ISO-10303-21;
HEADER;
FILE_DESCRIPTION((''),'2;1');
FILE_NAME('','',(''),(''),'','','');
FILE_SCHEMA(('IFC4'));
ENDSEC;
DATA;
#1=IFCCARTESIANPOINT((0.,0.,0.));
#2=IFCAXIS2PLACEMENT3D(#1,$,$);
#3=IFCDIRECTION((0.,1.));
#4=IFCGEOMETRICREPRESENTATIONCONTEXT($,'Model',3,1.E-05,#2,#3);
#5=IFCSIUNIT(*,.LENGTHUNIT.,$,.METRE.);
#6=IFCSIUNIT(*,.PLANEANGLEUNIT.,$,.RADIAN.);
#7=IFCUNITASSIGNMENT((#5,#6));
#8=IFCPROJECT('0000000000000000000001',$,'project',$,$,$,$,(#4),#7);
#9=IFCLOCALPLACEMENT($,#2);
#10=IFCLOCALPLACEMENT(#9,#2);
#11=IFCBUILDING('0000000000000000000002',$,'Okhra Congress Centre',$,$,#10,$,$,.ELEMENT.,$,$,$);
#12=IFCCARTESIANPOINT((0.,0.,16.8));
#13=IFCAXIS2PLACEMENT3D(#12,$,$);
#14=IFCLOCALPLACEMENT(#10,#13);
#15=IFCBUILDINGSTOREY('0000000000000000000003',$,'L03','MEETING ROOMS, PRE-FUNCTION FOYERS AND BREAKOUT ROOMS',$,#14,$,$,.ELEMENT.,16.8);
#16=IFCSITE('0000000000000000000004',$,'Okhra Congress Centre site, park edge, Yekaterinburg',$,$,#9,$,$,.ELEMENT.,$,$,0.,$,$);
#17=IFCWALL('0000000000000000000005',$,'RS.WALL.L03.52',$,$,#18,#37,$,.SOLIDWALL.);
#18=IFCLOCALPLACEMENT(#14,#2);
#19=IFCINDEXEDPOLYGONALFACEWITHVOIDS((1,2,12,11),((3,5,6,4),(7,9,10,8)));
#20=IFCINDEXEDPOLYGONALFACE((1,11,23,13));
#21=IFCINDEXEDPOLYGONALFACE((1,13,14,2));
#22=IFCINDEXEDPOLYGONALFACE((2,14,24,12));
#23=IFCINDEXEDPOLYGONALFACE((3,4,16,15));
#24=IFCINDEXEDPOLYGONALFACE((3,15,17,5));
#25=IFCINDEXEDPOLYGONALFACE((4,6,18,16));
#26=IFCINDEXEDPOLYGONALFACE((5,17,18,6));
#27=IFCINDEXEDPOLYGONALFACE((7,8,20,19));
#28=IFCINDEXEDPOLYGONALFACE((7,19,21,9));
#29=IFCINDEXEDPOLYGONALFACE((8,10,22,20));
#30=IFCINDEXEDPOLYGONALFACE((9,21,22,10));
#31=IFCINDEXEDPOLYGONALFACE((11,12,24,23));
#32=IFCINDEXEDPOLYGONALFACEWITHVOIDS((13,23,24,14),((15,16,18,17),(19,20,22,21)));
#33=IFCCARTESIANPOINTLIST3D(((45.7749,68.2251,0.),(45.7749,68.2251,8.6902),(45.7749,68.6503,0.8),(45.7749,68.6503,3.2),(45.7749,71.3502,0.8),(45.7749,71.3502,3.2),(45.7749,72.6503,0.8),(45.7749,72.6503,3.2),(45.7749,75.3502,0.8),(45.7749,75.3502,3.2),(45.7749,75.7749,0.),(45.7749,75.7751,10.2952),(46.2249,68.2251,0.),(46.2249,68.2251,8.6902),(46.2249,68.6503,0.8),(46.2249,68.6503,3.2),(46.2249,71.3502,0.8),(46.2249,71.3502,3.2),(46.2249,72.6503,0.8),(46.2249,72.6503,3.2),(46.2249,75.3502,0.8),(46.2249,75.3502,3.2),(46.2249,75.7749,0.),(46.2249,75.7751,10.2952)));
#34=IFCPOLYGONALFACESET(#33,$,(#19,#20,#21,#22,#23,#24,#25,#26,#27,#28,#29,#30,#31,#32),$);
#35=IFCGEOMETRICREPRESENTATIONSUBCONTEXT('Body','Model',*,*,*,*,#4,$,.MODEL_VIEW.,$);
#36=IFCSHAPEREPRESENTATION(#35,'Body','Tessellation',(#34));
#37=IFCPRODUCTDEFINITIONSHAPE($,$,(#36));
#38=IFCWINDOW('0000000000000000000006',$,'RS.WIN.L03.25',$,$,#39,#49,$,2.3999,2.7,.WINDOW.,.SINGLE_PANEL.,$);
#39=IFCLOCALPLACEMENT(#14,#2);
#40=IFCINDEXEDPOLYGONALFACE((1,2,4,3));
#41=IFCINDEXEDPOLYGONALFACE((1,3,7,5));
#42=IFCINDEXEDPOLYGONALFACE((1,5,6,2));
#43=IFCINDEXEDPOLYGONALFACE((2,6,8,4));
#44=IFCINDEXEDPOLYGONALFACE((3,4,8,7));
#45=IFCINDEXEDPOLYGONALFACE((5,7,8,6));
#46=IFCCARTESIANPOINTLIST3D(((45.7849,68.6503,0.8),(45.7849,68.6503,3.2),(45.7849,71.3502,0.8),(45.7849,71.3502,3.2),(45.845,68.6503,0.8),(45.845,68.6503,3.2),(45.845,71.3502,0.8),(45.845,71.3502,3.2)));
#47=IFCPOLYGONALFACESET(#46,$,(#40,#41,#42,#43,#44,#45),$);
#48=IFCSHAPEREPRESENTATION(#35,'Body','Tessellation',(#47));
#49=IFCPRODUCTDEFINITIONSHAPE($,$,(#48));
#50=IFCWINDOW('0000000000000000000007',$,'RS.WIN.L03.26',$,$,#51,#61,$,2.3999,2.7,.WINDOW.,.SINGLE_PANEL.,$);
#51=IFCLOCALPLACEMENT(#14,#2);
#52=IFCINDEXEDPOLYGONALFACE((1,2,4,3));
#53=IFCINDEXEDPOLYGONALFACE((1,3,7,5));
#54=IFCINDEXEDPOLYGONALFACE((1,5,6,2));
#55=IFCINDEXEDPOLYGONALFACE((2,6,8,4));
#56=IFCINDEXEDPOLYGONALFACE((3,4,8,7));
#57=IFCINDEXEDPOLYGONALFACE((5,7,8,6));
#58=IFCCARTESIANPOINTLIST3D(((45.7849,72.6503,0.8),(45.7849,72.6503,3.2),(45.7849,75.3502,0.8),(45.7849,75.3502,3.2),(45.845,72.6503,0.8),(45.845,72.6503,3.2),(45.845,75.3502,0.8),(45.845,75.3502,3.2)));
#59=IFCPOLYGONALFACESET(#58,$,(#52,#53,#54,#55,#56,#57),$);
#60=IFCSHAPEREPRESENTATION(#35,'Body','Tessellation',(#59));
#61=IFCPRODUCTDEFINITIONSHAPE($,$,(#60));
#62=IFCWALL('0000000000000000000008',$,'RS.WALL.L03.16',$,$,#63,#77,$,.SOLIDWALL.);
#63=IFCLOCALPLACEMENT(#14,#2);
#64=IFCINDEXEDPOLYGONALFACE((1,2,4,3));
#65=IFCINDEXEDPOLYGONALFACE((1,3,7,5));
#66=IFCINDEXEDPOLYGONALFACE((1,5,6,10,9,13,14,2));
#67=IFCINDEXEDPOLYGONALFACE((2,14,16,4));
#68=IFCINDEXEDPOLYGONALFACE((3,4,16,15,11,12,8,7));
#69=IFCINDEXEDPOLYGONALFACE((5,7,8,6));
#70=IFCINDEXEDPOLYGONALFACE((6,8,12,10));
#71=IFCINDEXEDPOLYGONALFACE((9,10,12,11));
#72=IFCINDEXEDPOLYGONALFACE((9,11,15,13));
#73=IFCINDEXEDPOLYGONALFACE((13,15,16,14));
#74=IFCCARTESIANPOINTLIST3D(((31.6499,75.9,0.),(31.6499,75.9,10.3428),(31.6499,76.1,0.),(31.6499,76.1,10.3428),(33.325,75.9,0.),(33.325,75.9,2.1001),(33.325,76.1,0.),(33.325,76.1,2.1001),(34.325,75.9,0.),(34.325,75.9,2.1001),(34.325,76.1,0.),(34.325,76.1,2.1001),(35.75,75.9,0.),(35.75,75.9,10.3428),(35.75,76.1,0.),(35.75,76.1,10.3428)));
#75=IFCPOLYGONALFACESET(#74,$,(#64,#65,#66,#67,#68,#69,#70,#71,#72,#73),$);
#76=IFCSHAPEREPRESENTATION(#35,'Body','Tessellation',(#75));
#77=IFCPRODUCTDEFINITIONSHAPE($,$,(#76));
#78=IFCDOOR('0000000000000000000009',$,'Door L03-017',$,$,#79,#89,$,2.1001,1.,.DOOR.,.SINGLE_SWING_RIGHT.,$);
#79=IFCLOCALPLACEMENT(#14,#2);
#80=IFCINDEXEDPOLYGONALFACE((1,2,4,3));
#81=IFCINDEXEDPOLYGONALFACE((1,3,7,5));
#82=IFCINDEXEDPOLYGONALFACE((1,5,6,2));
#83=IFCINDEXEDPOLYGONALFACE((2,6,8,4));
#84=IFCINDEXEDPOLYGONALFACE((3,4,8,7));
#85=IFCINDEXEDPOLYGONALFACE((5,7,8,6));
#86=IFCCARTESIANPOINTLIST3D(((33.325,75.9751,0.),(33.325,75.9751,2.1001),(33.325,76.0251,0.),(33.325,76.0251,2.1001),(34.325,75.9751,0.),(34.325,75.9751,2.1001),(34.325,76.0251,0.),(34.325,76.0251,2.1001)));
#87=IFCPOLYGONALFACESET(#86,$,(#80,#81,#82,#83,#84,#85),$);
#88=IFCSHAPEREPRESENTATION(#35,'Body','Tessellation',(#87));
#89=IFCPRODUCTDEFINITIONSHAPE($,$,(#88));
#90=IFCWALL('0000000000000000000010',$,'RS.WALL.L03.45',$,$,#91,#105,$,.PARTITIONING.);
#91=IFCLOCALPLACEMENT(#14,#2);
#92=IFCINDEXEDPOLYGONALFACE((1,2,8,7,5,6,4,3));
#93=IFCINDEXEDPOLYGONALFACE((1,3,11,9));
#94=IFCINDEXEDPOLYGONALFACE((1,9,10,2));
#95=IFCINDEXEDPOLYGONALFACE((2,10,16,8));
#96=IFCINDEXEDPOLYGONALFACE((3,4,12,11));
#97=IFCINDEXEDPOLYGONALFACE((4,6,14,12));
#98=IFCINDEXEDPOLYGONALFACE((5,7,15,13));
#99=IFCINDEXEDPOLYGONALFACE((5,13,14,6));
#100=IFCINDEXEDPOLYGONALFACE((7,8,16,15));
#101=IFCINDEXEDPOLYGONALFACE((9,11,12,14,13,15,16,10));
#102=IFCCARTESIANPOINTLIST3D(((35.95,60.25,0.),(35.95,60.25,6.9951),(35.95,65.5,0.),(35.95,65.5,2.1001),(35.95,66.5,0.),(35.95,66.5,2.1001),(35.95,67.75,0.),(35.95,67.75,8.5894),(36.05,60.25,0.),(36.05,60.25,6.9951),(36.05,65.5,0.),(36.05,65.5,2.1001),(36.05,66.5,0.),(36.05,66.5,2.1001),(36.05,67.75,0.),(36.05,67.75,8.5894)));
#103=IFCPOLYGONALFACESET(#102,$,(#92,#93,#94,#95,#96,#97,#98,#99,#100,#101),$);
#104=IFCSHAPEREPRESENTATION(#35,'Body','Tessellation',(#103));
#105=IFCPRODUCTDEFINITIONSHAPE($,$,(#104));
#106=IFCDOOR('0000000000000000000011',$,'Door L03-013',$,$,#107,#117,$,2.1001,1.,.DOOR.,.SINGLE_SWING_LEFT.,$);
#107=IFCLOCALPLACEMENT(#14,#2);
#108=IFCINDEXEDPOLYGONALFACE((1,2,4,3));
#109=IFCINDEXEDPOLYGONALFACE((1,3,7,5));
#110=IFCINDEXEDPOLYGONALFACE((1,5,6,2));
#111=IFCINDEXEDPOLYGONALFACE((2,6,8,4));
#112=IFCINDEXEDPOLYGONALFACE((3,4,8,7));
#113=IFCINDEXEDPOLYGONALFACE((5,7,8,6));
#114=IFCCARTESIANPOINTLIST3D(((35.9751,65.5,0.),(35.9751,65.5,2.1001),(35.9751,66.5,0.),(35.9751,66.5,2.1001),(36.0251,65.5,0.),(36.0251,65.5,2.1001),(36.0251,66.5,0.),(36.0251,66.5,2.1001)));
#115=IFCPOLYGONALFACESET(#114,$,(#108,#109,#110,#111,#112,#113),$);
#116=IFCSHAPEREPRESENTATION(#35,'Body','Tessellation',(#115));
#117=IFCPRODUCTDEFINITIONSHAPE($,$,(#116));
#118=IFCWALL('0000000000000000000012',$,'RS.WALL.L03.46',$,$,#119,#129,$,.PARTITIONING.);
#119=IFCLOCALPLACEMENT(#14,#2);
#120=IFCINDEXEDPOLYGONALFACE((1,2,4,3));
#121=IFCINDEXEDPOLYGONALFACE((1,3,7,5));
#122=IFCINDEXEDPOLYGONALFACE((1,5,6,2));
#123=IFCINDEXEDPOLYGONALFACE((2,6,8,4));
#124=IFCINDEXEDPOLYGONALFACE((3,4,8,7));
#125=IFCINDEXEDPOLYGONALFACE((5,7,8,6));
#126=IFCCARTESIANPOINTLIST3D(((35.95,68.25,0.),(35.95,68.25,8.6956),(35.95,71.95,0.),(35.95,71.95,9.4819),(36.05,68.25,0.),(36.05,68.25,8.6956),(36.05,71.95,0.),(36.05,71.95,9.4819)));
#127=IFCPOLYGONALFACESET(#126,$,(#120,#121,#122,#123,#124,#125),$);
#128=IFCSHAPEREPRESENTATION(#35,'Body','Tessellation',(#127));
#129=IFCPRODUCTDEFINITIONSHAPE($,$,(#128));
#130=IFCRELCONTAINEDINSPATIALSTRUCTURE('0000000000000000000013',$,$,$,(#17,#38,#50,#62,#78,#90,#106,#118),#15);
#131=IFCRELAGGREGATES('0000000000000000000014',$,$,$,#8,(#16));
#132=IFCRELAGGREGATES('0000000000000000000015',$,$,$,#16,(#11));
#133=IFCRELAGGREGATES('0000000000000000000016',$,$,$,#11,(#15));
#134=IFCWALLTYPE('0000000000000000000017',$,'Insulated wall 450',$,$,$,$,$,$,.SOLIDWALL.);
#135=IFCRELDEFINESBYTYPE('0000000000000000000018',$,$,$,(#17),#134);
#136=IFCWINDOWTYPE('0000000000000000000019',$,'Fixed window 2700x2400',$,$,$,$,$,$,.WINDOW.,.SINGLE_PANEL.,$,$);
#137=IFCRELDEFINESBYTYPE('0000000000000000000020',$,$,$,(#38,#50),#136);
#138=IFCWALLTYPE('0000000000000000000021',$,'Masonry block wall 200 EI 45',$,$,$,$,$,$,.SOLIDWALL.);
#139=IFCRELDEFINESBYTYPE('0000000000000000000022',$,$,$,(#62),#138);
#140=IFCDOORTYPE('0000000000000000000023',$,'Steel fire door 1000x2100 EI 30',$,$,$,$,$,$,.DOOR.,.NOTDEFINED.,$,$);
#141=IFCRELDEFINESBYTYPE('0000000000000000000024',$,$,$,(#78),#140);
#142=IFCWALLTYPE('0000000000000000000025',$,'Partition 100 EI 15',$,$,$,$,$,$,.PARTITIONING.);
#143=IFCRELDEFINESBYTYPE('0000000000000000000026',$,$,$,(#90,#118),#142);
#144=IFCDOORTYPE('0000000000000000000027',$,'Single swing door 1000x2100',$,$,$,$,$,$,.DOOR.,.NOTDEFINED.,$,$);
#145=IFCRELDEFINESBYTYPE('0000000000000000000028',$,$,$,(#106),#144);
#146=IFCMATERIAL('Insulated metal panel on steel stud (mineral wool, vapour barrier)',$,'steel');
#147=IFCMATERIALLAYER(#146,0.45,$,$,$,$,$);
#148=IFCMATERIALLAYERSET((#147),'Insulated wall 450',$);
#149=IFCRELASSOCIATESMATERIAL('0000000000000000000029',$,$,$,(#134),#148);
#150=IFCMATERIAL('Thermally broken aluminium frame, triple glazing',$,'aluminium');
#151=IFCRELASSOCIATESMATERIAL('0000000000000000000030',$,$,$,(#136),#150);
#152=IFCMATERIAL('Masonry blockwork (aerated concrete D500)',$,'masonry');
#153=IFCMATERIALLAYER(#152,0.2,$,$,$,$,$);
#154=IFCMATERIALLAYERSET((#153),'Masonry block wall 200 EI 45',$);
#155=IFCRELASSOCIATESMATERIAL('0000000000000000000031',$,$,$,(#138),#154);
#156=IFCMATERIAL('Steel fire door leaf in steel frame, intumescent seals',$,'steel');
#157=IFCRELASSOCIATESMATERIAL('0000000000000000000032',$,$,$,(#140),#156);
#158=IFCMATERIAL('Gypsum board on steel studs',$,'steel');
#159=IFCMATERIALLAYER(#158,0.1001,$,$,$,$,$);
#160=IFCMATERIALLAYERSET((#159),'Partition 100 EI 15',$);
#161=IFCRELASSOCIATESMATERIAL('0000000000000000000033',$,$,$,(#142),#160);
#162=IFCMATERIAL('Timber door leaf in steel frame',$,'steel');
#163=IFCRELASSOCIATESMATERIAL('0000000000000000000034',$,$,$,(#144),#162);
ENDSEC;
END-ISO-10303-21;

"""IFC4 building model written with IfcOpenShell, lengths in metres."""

from ifc_helpers import new_model, si_unit, direction, frame, frame_2d, origin, place, context, subcontext, project, spatial, polyline, rectangle, outline, extrude, material, layer, layer_set, type_object, element, fill, save


model = new_model("IFC4")

# Units and contexts
model_context = context("Model", 3, precision=1e-05, world=origin(), true_north=direction((0.0, 1.0)))
body_context = subcontext(model_context, "Body", "Model", "MODEL_VIEW")
ifc_project = project(units=[si_unit("LENGTHUNIT", "METRE"), si_unit("PLANEANGLEUNIT", "RADIAN")], contexts=[model_context])

# Site, building, storey
site_placement = place(None, origin())
site = spatial("IfcSite", under=ifc_project, at=site_placement, Name="Okhra Congress Centre site, park edge, Yekaterinburg", CompositionType="ELEMENT", RefElevation=0.0)
building_placement = place(site_placement, origin())
building = spatial("IfcBuilding", under=site, at=building_placement, Name="Okhra Congress Centre", CompositionType="ELEMENT")
storey_placement = place(building_placement, frame((0.0, 0.0, 16.8)))
storey = spatial("IfcBuildingStorey", under=building, at=storey_placement, Name="L03", Description="MEETING ROOMS, PRE-FUNCTION FOYERS AND BREAKOUT ROOMS", CompositionType="ELEMENT", Elevation=16.8)

# Wall, openings, windows
ifc_material_1 = material(Name="Insulated metal panel on steel stud (mineral wool, vapour barrier)", Category="steel")
ifc_layer_1 = layer(ifc_material_1, 0.45)
ifc_layer_set_1 = layer_set([ifc_layer_1], Name="Insulated wall 450")
wall_type_1 = type_object("IfcWallType", Name="Insulated wall 450", PredefinedType="SOLIDWALL", material=ifc_layer_set_1)
ifc_material_2 = material(Name="Thermally broken aluminium frame, triple glazing", Category="aluminium")
window_type = type_object("IfcWindowType", Name="Fixed window 2700x2400", PartitioningType="SINGLE_PANEL", PredefinedType="WINDOW", material=ifc_material_2)
wall_1_placement = place(storey_placement, frame((46.0, 68.2251, 0.0), z_axis=(0.0, 0.0, 1.0), x_axis=(0.0, 1.0, 0.0)))
wall_1 = element("IfcWall", 1, at=wall_1_placement, inside=storey, type_object=wall_type_1, Name="RS.WALL.L03.52", PredefinedType="SOLIDWALL", context=body_context, shape_type="SweptSolid", body=[
    extrude(outline(polyline([(0.0, 0.0), (7.5498, 0.0), (7.55, 10.2952), (0.0, 8.6902), (0.0, 0.0)])), frame((0.0, 0.2251, 0.0), z_axis=(0.0, -1.0, 0.0), x_axis=(1.0, 0.0, 0.0)), (0.0, 0.0, 1.0), 0.45),
])
opening_1_placement = place(wall_1_placement, frame((0.425, 0.0, 0.8)))
opening_1 = element("IfcOpeningElement", 2, at=opening_1_placement, cuts=wall_1, PredefinedType="OPENING", context=body_context, shape_type="SweptSolid", body=[
    extrude(rectangle(XDim=2.7, YDim=2.3999, at=frame_2d((1.3501, 1.2))), frame((0.0, 0.2349, 0.0), z_axis=(0.0, -1.0, 0.0), x_axis=(1.0, 0.0, 0.0)), (0.0, 0.0, 1.0), 0.47),
])
opening_2_placement = place(wall_1_placement, frame((4.425, 0.0, 0.8)))
opening_2 = element("IfcOpeningElement", 3, at=opening_2_placement, cuts=wall_1, PredefinedType="OPENING", context=body_context, shape_type="SweptSolid", body=[
    extrude(rectangle(XDim=2.7, YDim=2.3999, at=frame_2d((1.3501, 1.2))), frame((0.0, 0.2349, 0.0), z_axis=(0.0, -1.0, 0.0), x_axis=(1.0, 0.0, 0.0)), (0.0, 0.0, 1.0), 0.47),
])
window_1_placement = place(opening_1_placement, origin())
window_1 = element("IfcWindow", 4, at=window_1_placement, inside=storey, type_object=window_type, Name="RS.WIN.L03.25", OverallHeight=2.3999, OverallWidth=2.7, PartitioningType="SINGLE_PANEL", PredefinedType="WINDOW", context=body_context, shape_type="SweptSolid", body=[
    extrude(rectangle(XDim=2.7, YDim=2.3999, at=frame_2d((1.3501, 1.2))), frame((0.0, 0.2151, 0.0), z_axis=(0.0, -1.0, 0.0), x_axis=(1.0, 0.0, 0.0)), (0.0, 0.0, 1.0), 0.0601),
])
fill(opening_1, window_1)
window_2_placement = place(opening_2_placement, origin())
window_2 = element("IfcWindow", 5, at=window_2_placement, inside=storey, type_object=window_type, Name="RS.WIN.L03.26", OverallHeight=2.3999, OverallWidth=2.7, PartitioningType="SINGLE_PANEL", PredefinedType="WINDOW", context=body_context, shape_type="SweptSolid", body=[
    extrude(rectangle(XDim=2.7, YDim=2.3999, at=frame_2d((1.3501, 1.2))), frame((0.0, 0.2151, 0.0), z_axis=(0.0, -1.0, 0.0), x_axis=(1.0, 0.0, 0.0)), (0.0, 0.0, 1.0), 0.0601),
])
fill(opening_2, window_2)

# Walls, openings, doors
ifc_material_3 = material(Name="Masonry blockwork (aerated concrete D500)", Category="masonry")
ifc_layer_2 = layer(ifc_material_3, 0.2)
ifc_layer_set_2 = layer_set([ifc_layer_2], Name="Masonry block wall 200 EI 45")
wall_type_2 = type_object("IfcWallType", Name="Masonry block wall 200 EI 45", PredefinedType="SOLIDWALL", material=ifc_layer_set_2)
wall_2_placement = place(storey_placement, frame((31.6499, 76.0, 0.0), z_axis=(0.0, 0.0, 1.0), x_axis=(1.0, 0.0, 0.0)))
wall_2 = element("IfcWall", 6, at=wall_2_placement, inside=storey, type_object=wall_type_2, Name="RS.WALL.L03.16", PredefinedType="SOLIDWALL", context=body_context, shape_type="SweptSolid", body=[
    extrude(rectangle(XDim=4.1001, YDim=0.2, at=frame_2d((2.05, 0.0))), origin(), (0.0, 0.0, 1.0), 10.3428),
])
opening_3_placement = place(wall_2_placement, frame((1.675, 0.0, 0.0)))
opening_3 = element("IfcOpeningElement", 7, at=opening_3_placement, cuts=wall_2, PredefinedType="OPENING", context=body_context, shape_type="SweptSolid", body=[
    extrude(rectangle(XDim=1.0, YDim=2.1001, at=frame_2d((0.5, 1.05))), frame((0.0, 0.1099, 0.0), z_axis=(0.0, -1.0, 0.0), x_axis=(1.0, 0.0, 0.0)), (0.0, 0.0, 1.0), 0.22),
])
ifc_material_4 = material(Name="Steel fire door leaf in steel frame, intumescent seals", Category="steel")
door_type_1 = type_object("IfcDoorType", Name="Steel fire door 1000x2100 EI 30", OperationType="NOTDEFINED", PredefinedType="DOOR", material=ifc_material_4)
door_1_placement = place(opening_3_placement, frame((1.0, 0.0, 0.0), z_axis=(0.0, 0.0, 1.0), x_axis=(-1.0, 0.0, 0.0)))
door_1 = element("IfcDoor", 8, at=door_1_placement, inside=storey, type_object=door_type_1, Name="Door L03-017", OperationType="SINGLE_SWING_RIGHT", OverallHeight=2.1001, OverallWidth=1.0, PredefinedType="DOOR", context=body_context, shape_type="SweptSolid", body=[
    extrude(rectangle(XDim=1.0, YDim=2.1001, at=frame_2d((0.5, 1.05))), frame((0.0, 0.0249, 0.0), z_axis=(0.0, -1.0, 0.0), x_axis=(1.0, 0.0, 0.0)), (0.0, 0.0, 1.0), 0.05),
])
fill(opening_3, door_1)
ifc_material_5 = material(Name="Gypsum board on steel studs", Category="steel")
ifc_layer_3 = layer(ifc_material_5, 0.1001)
ifc_layer_set_3 = layer_set([ifc_layer_3], Name="Partition 100 EI 15")
wall_type_3 = type_object("IfcWallType", Name="Partition 100 EI 15", PredefinedType="PARTITIONING", material=ifc_layer_set_3)
wall_3_placement = place(storey_placement, frame((36.0, 60.25, 0.0), z_axis=(0.0, 0.0, 1.0), x_axis=(0.0, 1.0, 0.0)))
wall_3 = element("IfcWall", 9, at=wall_3_placement, inside=storey, type_object=wall_type_3, Name="RS.WALL.L03.45", PredefinedType="PARTITIONING", context=body_context, shape_type="SweptSolid", body=[
    extrude(outline(polyline([(0.0, 0.0), (7.5, 0.0), (7.5, 8.5894), (0.0, 6.9951), (0.0, 0.0)])), frame((0.0, 0.05, 0.0), z_axis=(0.0, -1.0, 0.0), x_axis=(1.0, 0.0, 0.0)), (0.0, 0.0, 1.0), 0.1001),
])
opening_4_placement = place(wall_3_placement, frame((5.25, 0.0, 0.0)))
opening_4 = element("IfcOpeningElement", 10, at=opening_4_placement, cuts=wall_3, PredefinedType="OPENING", context=body_context, shape_type="SweptSolid", body=[
    extrude(rectangle(XDim=1.0, YDim=2.1001, at=frame_2d((0.5, 1.05))), frame((0.0, 0.0601, 0.0), z_axis=(0.0, -1.0, 0.0), x_axis=(1.0, 0.0, 0.0)), (0.0, 0.0, 1.0), 0.1201),
])
ifc_material_6 = material(Name="Timber door leaf in steel frame", Category="steel")
door_type_2 = type_object("IfcDoorType", Name="Single swing door 1000x2100", OperationType="NOTDEFINED", PredefinedType="DOOR", material=ifc_material_6)
door_2_placement = place(opening_4_placement, origin())
door_2 = element("IfcDoor", 11, at=door_2_placement, inside=storey, type_object=door_type_2, Name="Door L03-013", OperationType="SINGLE_SWING_LEFT", OverallHeight=2.1001, OverallWidth=1.0, PredefinedType="DOOR", context=body_context, shape_type="SweptSolid", body=[
    extrude(rectangle(XDim=1.0, YDim=2.1001, at=frame_2d((0.5, 1.05))), frame((0.0, 0.0249, 0.0), z_axis=(0.0, -1.0, 0.0), x_axis=(1.0, 0.0, 0.0)), (0.0, 0.0, 1.0), 0.05),
])
fill(opening_4, door_2)

# Wall
wall_4_placement = place(storey_placement, frame((36.0, 68.25, 0.0), z_axis=(0.0, 0.0, 1.0), x_axis=(0.0, 1.0, 0.0)))
element("IfcWall", 12, at=wall_4_placement, inside=storey, type_object=wall_type_3, Name="RS.WALL.L03.46", PredefinedType="PARTITIONING", context=body_context, shape_type="SweptSolid", body=[
    extrude(outline(polyline([(0.0, 0.0), (3.7, 0.0), (3.7, 9.4819), (0.0, 8.6956), (0.0, 0.0)])), frame((0.0, 0.05, 0.0), z_axis=(0.0, -1.0, 0.0), x_axis=(1.0, 0.0, 0.0)), (0.0, 0.0, 1.0), 0.1001),
])

save(model, "model.ifc")
